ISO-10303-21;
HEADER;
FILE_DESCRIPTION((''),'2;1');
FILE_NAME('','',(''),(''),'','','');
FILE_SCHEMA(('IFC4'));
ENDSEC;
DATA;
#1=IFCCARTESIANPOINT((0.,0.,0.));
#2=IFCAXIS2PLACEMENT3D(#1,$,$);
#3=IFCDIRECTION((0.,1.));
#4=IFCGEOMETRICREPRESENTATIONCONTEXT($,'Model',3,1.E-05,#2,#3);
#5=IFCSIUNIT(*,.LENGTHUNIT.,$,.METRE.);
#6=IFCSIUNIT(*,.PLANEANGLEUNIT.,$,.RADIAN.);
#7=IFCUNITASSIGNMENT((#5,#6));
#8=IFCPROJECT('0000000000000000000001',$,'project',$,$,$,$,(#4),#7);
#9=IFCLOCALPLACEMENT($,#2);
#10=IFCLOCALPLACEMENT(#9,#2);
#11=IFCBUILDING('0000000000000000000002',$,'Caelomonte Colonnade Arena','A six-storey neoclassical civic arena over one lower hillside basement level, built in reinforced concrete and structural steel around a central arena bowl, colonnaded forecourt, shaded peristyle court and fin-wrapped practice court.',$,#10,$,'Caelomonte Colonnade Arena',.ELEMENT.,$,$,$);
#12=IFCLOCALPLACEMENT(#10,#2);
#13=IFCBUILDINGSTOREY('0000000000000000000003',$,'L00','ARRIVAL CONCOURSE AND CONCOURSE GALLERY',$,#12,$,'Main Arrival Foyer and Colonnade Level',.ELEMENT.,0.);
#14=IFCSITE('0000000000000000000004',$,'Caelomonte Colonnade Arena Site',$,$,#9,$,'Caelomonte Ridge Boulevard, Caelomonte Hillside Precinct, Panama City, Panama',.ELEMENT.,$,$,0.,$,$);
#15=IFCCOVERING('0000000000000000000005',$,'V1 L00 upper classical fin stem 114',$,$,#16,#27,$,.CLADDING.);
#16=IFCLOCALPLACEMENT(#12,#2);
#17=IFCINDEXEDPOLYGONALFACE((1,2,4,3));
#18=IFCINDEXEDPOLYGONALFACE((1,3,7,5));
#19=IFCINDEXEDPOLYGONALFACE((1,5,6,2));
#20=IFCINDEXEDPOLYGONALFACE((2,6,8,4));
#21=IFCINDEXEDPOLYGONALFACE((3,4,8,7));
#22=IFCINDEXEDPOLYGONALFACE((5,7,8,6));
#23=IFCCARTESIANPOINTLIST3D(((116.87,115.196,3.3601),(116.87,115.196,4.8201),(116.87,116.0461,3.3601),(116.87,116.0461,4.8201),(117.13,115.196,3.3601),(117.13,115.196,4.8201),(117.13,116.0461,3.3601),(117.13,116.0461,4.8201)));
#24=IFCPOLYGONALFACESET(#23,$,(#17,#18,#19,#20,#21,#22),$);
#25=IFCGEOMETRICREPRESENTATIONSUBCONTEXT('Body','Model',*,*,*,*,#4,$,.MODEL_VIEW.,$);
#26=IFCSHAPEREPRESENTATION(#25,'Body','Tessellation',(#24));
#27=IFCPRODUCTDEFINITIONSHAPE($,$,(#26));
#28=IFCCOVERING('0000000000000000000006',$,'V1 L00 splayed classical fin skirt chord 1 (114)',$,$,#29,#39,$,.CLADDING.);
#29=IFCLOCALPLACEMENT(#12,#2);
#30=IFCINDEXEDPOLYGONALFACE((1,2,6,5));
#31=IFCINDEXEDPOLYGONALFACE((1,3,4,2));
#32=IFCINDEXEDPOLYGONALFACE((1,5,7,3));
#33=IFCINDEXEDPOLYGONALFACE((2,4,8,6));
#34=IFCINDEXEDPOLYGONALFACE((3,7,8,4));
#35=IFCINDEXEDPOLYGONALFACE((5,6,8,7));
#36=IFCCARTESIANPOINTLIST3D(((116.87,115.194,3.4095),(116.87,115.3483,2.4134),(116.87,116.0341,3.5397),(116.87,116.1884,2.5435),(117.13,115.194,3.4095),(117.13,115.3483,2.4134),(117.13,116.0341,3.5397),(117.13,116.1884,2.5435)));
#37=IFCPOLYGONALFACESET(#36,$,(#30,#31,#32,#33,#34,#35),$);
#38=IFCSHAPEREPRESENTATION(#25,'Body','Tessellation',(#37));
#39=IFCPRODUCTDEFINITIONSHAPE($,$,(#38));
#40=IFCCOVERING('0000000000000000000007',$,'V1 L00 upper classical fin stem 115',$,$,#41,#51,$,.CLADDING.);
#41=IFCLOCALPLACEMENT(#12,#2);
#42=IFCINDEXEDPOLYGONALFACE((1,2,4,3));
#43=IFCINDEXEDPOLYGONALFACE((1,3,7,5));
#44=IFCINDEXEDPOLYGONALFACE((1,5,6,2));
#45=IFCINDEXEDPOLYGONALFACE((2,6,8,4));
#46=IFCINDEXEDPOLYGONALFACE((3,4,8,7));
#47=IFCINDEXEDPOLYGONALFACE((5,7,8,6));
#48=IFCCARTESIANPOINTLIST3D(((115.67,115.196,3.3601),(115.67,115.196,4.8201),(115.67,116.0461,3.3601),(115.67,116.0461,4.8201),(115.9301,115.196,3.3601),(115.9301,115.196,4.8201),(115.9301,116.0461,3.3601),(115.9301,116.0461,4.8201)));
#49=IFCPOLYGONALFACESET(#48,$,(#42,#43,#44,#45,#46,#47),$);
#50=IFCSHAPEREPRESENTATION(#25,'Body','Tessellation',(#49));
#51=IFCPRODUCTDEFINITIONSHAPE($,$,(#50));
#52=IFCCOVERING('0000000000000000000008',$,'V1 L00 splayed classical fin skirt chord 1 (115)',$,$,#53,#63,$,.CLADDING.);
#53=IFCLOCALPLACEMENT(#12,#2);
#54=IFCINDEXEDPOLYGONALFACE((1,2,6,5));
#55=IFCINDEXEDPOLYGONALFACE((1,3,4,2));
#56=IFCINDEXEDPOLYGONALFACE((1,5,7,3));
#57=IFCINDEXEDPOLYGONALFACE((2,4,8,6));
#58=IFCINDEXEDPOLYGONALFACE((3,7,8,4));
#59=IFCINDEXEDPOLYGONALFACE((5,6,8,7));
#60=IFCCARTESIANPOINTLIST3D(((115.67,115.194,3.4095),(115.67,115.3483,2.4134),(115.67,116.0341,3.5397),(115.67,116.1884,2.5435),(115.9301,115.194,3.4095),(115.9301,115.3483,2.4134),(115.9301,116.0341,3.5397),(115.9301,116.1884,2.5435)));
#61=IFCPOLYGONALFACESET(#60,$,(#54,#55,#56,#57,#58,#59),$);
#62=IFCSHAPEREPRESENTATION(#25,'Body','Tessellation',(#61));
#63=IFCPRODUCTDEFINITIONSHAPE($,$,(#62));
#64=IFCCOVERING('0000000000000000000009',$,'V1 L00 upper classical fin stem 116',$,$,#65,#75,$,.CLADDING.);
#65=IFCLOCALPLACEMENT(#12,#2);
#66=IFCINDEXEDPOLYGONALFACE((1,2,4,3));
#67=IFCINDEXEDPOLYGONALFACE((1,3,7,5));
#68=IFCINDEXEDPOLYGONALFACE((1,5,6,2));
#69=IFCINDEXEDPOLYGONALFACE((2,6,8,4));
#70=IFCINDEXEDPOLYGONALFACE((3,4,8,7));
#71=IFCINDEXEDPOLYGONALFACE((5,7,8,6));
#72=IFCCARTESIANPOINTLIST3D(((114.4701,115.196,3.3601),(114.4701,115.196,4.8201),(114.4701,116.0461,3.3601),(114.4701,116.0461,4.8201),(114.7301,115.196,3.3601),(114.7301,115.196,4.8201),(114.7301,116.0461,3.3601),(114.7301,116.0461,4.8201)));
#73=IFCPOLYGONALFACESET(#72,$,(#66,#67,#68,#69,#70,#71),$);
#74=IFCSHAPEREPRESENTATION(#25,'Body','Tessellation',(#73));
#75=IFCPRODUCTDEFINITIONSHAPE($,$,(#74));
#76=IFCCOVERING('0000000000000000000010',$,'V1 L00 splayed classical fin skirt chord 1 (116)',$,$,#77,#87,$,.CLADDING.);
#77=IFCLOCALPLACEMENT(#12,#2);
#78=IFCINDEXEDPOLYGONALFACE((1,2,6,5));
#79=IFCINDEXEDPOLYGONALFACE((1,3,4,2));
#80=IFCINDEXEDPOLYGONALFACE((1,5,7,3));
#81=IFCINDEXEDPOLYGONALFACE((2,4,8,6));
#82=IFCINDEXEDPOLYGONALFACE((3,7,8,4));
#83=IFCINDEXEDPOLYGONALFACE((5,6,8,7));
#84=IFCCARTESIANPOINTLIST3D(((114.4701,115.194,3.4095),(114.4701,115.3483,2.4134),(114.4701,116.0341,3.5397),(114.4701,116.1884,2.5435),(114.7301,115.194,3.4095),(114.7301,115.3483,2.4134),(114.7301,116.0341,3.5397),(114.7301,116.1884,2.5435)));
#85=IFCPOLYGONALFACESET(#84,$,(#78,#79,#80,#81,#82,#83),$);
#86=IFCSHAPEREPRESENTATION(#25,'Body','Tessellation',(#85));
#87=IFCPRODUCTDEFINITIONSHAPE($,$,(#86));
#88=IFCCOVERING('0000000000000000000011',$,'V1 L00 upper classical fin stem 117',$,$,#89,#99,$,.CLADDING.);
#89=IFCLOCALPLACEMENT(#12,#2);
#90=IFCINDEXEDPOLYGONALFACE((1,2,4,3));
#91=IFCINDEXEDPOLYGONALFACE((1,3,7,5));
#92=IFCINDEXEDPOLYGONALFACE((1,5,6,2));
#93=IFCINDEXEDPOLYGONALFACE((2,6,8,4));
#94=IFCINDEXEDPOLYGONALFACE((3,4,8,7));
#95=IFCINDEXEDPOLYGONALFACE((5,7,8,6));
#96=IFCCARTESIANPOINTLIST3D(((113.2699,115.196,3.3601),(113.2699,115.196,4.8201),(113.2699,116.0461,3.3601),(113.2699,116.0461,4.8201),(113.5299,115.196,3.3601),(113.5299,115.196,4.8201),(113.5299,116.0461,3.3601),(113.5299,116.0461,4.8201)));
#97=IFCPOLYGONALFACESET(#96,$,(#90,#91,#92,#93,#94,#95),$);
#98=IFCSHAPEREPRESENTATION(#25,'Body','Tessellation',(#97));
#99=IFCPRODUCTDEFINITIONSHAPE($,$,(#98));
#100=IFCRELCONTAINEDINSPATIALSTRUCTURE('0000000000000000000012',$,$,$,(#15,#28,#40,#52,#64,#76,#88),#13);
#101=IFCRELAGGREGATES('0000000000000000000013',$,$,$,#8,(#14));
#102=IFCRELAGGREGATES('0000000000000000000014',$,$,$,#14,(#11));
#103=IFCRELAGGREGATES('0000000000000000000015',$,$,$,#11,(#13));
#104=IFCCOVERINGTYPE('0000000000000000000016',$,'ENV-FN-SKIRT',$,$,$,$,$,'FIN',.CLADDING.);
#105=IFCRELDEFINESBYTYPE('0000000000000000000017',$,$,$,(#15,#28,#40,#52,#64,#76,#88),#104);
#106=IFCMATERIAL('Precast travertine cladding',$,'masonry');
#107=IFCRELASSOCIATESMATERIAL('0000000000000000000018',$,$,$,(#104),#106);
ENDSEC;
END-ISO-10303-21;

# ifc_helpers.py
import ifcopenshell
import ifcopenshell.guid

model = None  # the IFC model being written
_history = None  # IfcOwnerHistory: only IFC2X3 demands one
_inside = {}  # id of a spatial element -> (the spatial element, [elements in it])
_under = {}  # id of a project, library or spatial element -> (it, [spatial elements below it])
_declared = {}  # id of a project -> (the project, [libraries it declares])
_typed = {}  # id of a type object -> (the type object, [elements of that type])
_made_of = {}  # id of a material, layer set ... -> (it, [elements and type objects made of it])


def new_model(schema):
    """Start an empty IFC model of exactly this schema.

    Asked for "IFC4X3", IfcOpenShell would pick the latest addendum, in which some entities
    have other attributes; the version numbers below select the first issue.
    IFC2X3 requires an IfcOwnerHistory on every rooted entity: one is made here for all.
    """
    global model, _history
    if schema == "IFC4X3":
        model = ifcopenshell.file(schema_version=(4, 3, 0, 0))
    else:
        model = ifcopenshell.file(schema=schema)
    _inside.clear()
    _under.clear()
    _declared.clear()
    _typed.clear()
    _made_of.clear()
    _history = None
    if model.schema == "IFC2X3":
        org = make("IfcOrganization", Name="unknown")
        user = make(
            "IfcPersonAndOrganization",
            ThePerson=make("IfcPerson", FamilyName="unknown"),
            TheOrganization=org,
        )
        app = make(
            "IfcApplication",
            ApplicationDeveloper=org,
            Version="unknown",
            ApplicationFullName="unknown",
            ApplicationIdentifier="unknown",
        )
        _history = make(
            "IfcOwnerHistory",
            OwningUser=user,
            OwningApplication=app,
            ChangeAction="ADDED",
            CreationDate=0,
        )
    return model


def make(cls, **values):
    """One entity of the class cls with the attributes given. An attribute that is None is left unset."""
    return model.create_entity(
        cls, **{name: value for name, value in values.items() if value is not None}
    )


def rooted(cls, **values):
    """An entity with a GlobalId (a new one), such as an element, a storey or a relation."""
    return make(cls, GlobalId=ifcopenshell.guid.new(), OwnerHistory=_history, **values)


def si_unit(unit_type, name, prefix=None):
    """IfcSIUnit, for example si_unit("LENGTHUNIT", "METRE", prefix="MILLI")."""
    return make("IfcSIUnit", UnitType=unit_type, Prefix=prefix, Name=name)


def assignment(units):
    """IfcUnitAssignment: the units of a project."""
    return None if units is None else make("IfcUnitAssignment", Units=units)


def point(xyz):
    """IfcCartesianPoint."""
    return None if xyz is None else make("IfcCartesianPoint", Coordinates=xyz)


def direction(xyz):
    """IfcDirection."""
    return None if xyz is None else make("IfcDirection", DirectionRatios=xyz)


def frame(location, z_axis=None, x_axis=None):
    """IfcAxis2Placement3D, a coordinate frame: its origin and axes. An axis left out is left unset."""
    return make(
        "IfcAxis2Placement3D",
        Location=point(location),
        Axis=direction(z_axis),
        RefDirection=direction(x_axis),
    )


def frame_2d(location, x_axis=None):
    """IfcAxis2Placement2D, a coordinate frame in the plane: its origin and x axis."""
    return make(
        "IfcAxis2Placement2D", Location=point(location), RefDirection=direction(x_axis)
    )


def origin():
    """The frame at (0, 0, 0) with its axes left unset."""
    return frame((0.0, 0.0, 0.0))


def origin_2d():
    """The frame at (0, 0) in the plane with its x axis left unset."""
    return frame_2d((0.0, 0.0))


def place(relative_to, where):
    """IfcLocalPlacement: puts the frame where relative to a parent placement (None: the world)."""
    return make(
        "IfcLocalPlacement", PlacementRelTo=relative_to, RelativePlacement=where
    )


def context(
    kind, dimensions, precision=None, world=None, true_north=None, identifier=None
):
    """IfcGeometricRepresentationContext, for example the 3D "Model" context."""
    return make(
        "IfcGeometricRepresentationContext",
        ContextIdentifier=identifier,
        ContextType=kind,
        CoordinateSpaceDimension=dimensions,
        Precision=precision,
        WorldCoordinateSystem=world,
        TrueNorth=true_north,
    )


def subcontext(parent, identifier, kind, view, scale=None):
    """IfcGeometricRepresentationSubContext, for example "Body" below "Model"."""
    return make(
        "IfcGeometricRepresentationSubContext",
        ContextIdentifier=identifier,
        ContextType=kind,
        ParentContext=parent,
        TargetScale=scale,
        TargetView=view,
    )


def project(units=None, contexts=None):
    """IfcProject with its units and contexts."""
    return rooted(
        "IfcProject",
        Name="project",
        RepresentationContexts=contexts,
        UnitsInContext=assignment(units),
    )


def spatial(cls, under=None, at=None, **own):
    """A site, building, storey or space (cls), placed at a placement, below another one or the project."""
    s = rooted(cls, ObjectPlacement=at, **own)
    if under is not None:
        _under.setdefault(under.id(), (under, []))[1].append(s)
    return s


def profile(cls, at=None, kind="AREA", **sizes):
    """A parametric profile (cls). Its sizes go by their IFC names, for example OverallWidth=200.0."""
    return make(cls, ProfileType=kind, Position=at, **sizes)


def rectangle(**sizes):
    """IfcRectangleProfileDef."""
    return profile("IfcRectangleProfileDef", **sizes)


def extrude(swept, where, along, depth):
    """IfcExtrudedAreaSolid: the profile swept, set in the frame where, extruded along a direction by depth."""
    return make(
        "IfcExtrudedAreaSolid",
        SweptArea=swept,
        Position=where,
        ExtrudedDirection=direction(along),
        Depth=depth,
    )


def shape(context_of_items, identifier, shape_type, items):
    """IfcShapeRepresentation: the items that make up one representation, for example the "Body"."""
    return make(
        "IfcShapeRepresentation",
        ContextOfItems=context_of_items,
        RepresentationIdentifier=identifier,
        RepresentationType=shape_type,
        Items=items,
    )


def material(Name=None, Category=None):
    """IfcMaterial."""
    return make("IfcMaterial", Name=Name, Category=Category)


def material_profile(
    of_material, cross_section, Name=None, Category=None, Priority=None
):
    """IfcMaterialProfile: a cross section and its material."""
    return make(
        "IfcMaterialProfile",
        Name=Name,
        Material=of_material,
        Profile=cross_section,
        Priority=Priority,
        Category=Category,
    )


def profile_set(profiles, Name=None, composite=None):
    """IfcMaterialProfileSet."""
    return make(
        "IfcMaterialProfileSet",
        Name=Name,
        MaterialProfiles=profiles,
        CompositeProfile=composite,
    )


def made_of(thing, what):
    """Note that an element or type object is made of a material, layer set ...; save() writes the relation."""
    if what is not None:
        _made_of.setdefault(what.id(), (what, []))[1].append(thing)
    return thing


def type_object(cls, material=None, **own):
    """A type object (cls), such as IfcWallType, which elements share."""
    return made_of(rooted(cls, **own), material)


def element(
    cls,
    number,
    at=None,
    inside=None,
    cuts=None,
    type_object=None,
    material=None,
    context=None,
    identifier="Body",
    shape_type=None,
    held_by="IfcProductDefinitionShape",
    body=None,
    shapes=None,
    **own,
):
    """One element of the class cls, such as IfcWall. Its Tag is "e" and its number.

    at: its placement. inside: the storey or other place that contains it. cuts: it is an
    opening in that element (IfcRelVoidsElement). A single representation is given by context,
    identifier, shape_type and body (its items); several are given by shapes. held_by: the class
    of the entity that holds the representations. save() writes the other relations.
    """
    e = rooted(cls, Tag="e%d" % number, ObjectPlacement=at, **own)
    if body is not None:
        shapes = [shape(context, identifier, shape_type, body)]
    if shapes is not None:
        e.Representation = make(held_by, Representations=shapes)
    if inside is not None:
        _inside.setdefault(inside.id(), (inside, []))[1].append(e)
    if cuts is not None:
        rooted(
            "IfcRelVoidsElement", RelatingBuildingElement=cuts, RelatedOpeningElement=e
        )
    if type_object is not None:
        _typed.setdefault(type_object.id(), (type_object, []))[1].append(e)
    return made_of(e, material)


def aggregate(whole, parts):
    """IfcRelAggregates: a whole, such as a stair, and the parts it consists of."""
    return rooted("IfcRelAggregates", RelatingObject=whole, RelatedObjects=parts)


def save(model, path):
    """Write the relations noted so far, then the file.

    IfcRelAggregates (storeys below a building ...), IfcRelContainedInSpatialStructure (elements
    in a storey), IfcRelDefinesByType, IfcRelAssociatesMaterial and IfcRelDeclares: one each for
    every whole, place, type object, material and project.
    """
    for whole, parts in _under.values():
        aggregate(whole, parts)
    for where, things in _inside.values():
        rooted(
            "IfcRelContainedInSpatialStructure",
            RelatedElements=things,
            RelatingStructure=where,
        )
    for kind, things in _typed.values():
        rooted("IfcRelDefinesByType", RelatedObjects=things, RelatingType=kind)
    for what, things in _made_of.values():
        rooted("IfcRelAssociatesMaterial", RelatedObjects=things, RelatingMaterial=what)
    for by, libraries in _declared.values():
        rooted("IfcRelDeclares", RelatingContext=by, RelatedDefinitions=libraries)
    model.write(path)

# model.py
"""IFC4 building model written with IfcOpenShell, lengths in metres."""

from ifc_helpers import new_model, si_unit, direction, frame, origin, origin_2d, place, context, subcontext, project, spatial, rectangle, extrude, material, material_profile, profile_set, type_object, element, save


model = new_model("IFC4")

# Units and contexts
model_context = context("Model", 3, precision=1e-05, world=origin(), true_north=direction((0.0, 1.0)))
body_context = subcontext(model_context, "Body", "Model", "MODEL_VIEW")
ifc_project = project(units=[si_unit("LENGTHUNIT", "METRE"), si_unit("PLANEANGLEUNIT", "RADIAN")], contexts=[model_context])

# Site, building, storey
site_placement = place(None, origin())
site = spatial("IfcSite", under=ifc_project, at=site_placement, Name="Caelomonte Colonnade Arena Site", LongName="Caelomonte Ridge Boulevard, Caelomonte Hillside Precinct, Panama City, Panama", CompositionType="ELEMENT", RefElevation=0.0)
building_placement = place(site_placement, origin())
building = spatial("IfcBuilding", under=site, at=building_placement, Name="Caelomonte Colonnade Arena", Description="A six-storey neoclassical civic arena over one lower hillside basement level, built in reinforced concrete and structural steel around a central arena bowl, colonnaded forecourt, shaded peristyle court and fin-wrapped practice court.", LongName="Caelomonte Colonnade Arena", CompositionType="ELEMENT")
storey_placement = place(building_placement, origin())
storey = spatial("IfcBuildingStorey", under=building, at=storey_placement, Name="L00", Description="ARRIVAL CONCOURSE AND CONCOURSE GALLERY", LongName="Main Arrival Foyer and Colonnade Level", CompositionType="ELEMENT", Elevation=0.0)

# Coverings
ifc_material_1 = material(Name="Precast travertine cladding", Category="masonry")
ifc_material_profile_1 = material_profile(ifc_material_1, rectangle(XDim=0.26, YDim=0.8501, at=origin_2d()), Name="FIN260X850")
ifc_profile_set_1 = profile_set([ifc_material_profile_1], Name="Precast travertine cladding")
covering_type = type_object("IfcCoveringType", Name="ENV-FN-SKIRT", ElementType="FIN", PredefinedType="CLADDING", material=ifc_profile_set_1)
covering_1_placement = place(storey_placement, frame((117.0, 115.6211, 3.3601), z_axis=(0.0, 0.0, 1.0), x_axis=(1.0, 0.0, 0.0)))
element("IfcCovering", 1, at=covering_1_placement, inside=storey, type_object=covering_type, Name="V1 L00 upper classical fin stem 114", PredefinedType="CLADDING", context=body_context, shape_type="SweptSolid", body=[
    extrude(rectangle(XDim=0.26, YDim=0.8501, at=origin_2d()), origin(), (0.0, 0.0, 1.0), 1.46),
])
covering_2_placement = place(storey_placement, frame((117.0, 115.614, 3.4746), z_axis=(0.0, 0.153076, -0.988214), x_axis=(-1.0, 0.0, 0.0)))
element("IfcCovering", 2, at=covering_2_placement, inside=storey, type_object=covering_type, Name="V1 L00 splayed classical fin skirt chord 1 (114)", PredefinedType="CLADDING", context=body_context, shape_type="SweptSolid", body=[
    extrude(rectangle(XDim=0.26, YDim=0.8501, at=origin_2d()), origin(), (0.0, 0.0, 1.0), 1.0081),
])
covering_3_placement = place(storey_placement, frame((115.8, 115.6211, 3.3601), z_axis=(0.0, 0.0, 1.0), x_axis=(1.0, 0.0, 0.0)))
element("IfcCovering", 3, at=covering_3_placement, inside=storey, type_object=covering_type, Name="V1 L00 upper classical fin stem 115", PredefinedType="CLADDING", context=body_context, shape_type="SweptSolid", body=[
    extrude(rectangle(XDim=0.26, YDim=0.8501, at=origin_2d()), origin(), (0.0, 0.0, 1.0), 1.46),
])
covering_4_placement = place(storey_placement, frame((115.8, 115.614, 3.4746), z_axis=(0.0, 0.153076, -0.988214), x_axis=(-1.0, 0.0, 0.0)))
element("IfcCovering", 4, at=covering_4_placement, inside=storey, type_object=covering_type, Name="V1 L00 splayed classical fin skirt chord 1 (115)", PredefinedType="CLADDING", context=body_context, shape_type="SweptSolid", body=[
    extrude(rectangle(XDim=0.26, YDim=0.8501, at=origin_2d()), origin(), (0.0, 0.0, 1.0), 1.0081),
])
covering_5_placement = place(storey_placement, frame((114.6001, 115.6211, 3.3601), z_axis=(0.0, 0.0, 1.0), x_axis=(1.0, 0.0, 0.0)))
element("IfcCovering", 5, at=covering_5_placement, inside=storey, type_object=covering_type, Name="V1 L00 upper classical fin stem 116", PredefinedType="CLADDING", context=body_context, shape_type="SweptSolid", body=[
    extrude(rectangle(XDim=0.26, YDim=0.8501, at=origin_2d()), origin(), (0.0, 0.0, 1.0), 1.46),
])
covering_6_placement = place(storey_placement, frame((114.6001, 115.614, 3.4746), z_axis=(0.0, 0.153076, -0.988214), x_axis=(-1.0, 0.0, 0.0)))
element("IfcCovering", 6, at=covering_6_placement, inside=storey, type_object=covering_type, Name="V1 L00 splayed classical fin skirt chord 1 (116)", PredefinedType="CLADDING", context=body_context, shape_type="SweptSolid", body=[
    extrude(rectangle(XDim=0.26, YDim=0.8501, at=origin_2d()), origin(), (0.0, 0.0, 1.0), 1.0081),
])
covering_7_placement = place(storey_placement, frame((113.3999, 115.6211, 3.3601), z_axis=(0.0, 0.0, 1.0), x_axis=(1.0, 0.0, 0.0)))
element("IfcCovering", 7, at=covering_7_placement, inside=storey, type_object=covering_type, Name="V1 L00 upper classical fin stem 117", PredefinedType="CLADDING", context=body_context, shape_type="SweptSolid", body=[
    extrude(rectangle(XDim=0.26, YDim=0.8501, at=origin_2d()), origin(), (0.0, 0.0, 1.0), 1.46),
])

save(model, "model.ifc")
